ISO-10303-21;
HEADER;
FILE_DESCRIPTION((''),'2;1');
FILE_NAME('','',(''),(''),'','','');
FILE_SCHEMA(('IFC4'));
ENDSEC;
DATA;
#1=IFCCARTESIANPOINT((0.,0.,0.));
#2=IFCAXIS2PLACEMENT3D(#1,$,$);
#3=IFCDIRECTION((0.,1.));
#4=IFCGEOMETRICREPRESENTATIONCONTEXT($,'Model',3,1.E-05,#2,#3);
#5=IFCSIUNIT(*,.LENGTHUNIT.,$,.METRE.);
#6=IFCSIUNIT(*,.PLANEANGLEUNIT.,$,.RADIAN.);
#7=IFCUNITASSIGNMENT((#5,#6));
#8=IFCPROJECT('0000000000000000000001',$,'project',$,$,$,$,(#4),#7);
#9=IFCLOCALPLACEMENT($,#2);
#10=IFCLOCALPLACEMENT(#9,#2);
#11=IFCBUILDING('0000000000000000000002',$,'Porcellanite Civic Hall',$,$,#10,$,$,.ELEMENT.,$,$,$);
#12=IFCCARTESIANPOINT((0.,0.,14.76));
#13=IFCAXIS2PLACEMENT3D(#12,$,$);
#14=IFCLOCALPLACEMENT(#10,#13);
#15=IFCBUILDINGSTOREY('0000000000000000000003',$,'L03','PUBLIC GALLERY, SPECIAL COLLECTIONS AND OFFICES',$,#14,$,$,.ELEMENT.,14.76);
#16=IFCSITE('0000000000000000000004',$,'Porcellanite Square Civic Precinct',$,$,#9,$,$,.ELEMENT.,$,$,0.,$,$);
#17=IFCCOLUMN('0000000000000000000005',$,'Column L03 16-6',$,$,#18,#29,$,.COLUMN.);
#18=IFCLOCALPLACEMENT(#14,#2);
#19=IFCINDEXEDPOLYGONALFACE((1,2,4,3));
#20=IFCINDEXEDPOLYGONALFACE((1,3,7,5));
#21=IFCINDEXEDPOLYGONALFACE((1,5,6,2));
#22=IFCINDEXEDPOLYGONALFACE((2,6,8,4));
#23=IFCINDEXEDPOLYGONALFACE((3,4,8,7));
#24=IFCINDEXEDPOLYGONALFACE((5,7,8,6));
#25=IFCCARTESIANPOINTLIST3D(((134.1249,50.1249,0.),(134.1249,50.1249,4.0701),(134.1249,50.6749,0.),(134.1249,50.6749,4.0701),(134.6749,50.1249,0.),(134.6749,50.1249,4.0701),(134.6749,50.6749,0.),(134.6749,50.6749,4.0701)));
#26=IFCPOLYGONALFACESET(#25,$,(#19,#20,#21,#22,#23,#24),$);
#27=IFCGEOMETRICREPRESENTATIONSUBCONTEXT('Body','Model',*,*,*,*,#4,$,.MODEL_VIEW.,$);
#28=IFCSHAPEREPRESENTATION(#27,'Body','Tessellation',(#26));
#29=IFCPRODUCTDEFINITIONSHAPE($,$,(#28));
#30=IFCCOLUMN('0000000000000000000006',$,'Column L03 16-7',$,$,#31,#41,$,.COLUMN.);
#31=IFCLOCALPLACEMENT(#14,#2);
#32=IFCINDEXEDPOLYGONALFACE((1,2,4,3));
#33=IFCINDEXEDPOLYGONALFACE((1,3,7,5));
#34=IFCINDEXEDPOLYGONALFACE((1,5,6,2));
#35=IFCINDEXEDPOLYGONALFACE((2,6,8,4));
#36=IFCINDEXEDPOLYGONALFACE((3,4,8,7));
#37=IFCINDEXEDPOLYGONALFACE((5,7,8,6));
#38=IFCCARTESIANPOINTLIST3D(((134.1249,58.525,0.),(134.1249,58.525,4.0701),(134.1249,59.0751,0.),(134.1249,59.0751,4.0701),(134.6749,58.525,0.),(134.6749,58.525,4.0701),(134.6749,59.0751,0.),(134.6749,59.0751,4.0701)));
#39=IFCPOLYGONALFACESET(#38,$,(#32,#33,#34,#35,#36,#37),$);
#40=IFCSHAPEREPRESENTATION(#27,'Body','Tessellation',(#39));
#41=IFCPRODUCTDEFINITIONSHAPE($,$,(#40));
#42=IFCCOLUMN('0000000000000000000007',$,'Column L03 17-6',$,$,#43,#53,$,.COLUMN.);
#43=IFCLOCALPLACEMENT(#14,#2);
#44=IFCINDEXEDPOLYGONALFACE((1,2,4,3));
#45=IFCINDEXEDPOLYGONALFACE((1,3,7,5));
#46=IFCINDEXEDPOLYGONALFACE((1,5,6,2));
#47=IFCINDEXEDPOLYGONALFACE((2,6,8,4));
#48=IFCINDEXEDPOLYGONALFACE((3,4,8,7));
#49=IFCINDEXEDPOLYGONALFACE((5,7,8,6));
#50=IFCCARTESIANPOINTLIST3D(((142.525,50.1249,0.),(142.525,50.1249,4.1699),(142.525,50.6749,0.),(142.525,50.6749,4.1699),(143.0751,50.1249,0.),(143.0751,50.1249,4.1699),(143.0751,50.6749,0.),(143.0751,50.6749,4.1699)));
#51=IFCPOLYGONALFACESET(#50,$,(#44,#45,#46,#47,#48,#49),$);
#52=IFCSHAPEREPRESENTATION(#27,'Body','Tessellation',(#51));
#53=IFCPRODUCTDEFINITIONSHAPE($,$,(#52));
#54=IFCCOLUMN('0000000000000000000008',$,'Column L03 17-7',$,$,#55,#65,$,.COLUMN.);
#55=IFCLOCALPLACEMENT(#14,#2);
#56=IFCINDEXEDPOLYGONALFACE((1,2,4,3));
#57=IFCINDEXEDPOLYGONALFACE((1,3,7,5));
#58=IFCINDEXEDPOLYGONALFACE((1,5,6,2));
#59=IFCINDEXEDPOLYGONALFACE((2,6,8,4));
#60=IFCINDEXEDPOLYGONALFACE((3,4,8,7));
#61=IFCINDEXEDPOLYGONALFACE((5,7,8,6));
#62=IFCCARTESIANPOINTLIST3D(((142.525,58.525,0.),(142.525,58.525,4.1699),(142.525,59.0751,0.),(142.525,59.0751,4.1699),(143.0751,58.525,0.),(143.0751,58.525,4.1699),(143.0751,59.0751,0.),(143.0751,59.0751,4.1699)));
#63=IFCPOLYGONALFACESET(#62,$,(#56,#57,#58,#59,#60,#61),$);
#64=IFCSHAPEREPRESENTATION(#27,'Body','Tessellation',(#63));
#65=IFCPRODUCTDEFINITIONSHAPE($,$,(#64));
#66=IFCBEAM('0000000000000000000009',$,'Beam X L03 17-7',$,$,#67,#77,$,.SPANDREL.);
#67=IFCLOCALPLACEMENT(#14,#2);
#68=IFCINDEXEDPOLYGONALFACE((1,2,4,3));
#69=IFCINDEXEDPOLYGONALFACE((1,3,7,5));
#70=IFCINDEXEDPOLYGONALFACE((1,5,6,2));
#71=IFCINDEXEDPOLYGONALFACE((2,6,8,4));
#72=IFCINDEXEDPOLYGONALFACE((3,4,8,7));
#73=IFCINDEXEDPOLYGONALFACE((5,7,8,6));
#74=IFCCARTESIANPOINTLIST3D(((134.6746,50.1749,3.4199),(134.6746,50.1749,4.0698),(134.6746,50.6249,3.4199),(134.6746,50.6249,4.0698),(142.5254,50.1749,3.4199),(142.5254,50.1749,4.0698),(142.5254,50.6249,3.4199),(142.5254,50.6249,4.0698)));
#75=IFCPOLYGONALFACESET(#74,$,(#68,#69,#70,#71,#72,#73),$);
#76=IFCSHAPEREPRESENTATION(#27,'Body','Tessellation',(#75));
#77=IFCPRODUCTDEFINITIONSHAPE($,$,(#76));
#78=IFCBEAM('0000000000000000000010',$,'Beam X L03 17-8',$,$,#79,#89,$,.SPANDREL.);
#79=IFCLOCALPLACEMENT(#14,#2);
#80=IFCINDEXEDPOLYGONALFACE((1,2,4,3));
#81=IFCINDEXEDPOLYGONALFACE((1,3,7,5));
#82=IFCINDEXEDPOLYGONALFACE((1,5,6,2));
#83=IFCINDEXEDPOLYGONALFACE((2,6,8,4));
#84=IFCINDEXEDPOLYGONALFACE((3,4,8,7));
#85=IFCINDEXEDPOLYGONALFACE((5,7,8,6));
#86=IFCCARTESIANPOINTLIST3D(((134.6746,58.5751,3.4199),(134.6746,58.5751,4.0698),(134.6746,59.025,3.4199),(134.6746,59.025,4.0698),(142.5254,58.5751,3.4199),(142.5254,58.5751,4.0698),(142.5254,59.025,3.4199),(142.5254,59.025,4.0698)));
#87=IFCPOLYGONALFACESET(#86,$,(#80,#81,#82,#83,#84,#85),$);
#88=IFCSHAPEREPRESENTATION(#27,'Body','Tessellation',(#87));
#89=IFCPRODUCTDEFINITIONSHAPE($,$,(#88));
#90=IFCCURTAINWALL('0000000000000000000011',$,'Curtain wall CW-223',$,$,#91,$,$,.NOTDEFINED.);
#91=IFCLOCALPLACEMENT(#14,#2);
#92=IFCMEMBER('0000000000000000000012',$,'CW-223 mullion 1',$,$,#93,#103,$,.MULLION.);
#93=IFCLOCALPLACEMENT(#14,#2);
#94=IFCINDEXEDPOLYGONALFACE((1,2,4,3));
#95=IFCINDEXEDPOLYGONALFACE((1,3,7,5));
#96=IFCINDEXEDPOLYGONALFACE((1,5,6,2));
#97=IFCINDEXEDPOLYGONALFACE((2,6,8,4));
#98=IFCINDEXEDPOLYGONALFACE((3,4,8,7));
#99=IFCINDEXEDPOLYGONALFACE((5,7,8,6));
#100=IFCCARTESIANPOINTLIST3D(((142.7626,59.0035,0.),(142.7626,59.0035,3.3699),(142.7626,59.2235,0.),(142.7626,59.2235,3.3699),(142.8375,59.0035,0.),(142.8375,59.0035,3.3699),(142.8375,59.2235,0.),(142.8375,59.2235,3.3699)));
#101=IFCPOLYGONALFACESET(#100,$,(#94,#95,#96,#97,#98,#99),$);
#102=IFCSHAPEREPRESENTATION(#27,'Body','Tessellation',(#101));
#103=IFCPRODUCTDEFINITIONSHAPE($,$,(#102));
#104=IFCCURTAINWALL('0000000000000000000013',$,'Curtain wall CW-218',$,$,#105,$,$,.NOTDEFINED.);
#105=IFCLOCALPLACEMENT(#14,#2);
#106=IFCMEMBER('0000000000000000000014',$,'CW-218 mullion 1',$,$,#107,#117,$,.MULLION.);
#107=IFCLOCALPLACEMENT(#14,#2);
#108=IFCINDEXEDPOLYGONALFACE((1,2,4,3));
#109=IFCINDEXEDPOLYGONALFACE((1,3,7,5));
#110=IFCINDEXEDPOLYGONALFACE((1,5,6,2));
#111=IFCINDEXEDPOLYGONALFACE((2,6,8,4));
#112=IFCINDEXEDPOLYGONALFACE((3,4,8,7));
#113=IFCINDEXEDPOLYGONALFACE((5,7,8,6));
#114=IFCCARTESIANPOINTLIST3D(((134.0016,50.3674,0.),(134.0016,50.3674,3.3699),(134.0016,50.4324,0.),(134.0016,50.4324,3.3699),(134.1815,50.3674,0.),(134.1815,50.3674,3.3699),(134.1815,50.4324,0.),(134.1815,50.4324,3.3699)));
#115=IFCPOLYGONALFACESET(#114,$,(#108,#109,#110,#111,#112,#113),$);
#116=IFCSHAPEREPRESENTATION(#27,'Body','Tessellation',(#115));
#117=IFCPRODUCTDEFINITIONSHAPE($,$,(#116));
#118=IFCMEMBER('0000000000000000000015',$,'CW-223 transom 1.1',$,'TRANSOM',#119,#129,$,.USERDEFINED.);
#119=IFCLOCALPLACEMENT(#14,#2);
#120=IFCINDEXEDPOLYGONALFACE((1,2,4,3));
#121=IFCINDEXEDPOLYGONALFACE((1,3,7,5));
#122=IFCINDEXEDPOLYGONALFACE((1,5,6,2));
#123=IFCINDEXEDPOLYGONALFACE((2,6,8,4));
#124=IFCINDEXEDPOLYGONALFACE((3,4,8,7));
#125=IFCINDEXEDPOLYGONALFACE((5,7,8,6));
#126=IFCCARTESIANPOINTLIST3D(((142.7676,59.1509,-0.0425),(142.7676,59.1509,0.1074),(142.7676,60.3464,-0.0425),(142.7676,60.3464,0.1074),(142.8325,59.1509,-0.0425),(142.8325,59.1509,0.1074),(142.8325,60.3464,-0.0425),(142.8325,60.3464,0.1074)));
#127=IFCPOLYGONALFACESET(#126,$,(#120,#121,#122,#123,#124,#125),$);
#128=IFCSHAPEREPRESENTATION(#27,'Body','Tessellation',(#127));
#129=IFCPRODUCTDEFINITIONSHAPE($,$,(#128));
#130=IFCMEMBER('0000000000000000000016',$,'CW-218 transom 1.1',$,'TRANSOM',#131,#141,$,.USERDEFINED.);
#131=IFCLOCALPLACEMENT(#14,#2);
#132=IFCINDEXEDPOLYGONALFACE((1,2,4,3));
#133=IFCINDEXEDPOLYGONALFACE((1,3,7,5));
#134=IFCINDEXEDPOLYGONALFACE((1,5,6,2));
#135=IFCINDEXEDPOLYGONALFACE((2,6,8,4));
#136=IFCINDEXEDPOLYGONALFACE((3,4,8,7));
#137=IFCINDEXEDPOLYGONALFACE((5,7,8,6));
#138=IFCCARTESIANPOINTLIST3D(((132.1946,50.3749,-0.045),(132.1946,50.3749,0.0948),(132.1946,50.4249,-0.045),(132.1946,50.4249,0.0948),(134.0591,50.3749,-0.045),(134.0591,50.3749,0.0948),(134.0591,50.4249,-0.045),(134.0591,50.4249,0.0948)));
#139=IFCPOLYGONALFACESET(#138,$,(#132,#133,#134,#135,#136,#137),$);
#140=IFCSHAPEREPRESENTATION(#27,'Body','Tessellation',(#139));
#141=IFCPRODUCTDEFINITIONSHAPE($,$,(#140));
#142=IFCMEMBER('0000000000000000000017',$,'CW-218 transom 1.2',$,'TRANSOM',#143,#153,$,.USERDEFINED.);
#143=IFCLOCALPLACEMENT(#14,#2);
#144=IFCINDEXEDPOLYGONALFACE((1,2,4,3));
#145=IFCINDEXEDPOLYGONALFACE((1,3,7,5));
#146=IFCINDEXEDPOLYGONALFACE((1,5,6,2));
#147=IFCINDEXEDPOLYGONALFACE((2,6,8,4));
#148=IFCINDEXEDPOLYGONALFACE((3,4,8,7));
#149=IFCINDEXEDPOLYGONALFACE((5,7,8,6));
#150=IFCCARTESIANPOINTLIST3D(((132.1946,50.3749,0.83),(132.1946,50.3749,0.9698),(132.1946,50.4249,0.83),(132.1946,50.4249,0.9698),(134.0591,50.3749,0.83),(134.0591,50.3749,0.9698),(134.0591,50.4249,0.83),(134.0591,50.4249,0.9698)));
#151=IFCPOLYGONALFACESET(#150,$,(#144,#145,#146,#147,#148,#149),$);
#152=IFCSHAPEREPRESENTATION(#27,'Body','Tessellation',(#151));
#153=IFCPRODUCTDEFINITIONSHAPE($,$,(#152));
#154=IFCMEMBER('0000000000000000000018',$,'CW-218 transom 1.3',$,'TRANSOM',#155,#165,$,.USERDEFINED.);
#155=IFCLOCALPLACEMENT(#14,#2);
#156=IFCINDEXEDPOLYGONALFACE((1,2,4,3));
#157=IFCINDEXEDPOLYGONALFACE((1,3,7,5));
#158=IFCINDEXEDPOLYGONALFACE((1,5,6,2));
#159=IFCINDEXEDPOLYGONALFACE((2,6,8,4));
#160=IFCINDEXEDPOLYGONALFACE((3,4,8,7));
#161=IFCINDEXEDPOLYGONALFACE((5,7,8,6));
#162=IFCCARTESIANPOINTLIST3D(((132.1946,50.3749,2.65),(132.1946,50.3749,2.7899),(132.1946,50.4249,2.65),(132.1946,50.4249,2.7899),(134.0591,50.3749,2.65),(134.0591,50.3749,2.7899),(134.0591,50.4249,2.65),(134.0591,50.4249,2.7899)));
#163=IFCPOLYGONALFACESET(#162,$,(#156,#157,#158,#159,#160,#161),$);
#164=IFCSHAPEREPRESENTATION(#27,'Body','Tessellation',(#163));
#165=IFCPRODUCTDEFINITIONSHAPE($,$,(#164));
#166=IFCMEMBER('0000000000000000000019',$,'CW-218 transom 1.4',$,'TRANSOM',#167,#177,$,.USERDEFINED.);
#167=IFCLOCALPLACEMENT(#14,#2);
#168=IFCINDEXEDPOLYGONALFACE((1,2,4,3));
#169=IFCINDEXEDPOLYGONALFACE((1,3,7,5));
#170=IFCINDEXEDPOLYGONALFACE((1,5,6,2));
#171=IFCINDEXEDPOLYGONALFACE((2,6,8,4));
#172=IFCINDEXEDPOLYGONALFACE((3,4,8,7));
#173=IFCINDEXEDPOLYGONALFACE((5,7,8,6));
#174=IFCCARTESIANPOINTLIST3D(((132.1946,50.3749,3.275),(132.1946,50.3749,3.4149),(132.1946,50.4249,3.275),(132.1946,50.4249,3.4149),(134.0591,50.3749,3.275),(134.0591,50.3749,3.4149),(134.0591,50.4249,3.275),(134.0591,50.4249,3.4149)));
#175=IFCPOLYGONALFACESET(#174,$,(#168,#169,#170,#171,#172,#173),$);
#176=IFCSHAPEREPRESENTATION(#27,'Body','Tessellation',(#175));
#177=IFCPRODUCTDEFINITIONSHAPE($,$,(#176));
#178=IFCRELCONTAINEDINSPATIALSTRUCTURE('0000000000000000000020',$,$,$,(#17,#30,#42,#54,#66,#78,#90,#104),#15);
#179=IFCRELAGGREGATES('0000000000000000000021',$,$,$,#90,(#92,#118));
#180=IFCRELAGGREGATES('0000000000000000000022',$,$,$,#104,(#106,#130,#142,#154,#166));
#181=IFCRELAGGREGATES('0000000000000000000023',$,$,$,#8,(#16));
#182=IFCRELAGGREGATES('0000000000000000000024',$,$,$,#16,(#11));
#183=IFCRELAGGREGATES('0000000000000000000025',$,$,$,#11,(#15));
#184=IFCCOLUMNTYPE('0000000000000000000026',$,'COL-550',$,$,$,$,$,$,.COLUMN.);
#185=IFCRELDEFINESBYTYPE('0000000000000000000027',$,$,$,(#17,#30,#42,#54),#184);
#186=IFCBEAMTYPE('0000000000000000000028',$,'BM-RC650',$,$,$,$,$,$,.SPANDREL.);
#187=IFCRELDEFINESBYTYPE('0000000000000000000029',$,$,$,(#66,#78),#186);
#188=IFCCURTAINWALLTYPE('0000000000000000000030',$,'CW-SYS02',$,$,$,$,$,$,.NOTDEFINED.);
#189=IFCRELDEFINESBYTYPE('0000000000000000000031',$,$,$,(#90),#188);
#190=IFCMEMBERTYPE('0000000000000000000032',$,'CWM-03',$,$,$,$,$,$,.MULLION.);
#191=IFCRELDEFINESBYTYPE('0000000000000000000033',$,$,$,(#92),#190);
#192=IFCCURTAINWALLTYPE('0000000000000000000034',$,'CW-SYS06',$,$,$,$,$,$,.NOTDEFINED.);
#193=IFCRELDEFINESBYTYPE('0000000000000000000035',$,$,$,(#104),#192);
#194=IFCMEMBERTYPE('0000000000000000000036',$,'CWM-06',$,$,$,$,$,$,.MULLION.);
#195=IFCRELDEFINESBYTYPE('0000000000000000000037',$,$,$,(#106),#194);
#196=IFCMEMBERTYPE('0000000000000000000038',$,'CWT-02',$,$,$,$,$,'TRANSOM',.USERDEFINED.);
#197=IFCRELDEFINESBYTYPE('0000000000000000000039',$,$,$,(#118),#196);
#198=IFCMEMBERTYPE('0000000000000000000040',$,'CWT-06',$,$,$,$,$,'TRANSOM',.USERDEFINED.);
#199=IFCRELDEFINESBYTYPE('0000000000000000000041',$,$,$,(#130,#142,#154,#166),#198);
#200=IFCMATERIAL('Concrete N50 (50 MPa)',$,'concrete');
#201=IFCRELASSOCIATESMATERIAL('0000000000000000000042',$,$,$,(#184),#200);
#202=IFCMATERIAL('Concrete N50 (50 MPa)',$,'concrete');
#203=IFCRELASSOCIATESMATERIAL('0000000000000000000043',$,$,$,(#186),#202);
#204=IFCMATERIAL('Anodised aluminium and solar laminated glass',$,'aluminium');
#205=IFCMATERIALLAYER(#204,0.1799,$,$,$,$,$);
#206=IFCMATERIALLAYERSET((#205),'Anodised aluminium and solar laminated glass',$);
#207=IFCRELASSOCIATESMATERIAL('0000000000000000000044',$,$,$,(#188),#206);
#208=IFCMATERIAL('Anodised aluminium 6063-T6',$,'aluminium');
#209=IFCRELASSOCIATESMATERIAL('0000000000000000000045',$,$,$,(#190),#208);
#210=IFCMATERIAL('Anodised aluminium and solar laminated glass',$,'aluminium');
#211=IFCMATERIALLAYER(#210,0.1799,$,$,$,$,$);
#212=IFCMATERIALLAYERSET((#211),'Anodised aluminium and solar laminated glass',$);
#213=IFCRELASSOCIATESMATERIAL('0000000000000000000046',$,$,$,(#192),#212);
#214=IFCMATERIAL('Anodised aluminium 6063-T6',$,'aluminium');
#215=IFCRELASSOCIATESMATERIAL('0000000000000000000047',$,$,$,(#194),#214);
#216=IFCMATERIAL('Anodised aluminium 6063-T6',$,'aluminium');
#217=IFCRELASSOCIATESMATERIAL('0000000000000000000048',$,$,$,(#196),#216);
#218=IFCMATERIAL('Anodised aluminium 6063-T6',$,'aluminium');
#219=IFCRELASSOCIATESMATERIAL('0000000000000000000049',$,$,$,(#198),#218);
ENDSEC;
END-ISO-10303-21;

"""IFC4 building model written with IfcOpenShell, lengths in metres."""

from ifc_helpers import new_model, si_unit, direction, frame, origin, origin_2d, place, context, subcontext, project, spatial, rectangle, extrude, material, layer, layer_set, material_profile, profile_set, type_object, element, aggregate, save


model = new_model("IFC4")

# Units and contexts
model_context = context("Model", 3, precision=1e-05, world=origin(), true_north=direction((0.0, 1.0)))
body_context = subcontext(model_context, "Body", "Model", "MODEL_VIEW")
ifc_project = project(units=[si_unit("LENGTHUNIT", "METRE"), si_unit("PLANEANGLEUNIT", "RADIAN")], contexts=[model_context])

# Site, building, storey
site_placement = place(None, origin())
site = spatial("IfcSite", under=ifc_project, at=site_placement, Name="Porcellanite Square Civic Precinct", CompositionType="ELEMENT", RefElevation=0.0)
building_placement = place(site_placement, origin())
building = spatial("IfcBuilding", under=site, at=building_placement, Name="Porcellanite Civic Hall", CompositionType="ELEMENT")
storey_placement = place(building_placement, frame((0.0, 0.0, 14.76)))
storey = spatial("IfcBuildingStorey", under=building, at=storey_placement, Name="L03", Description="PUBLIC GALLERY, SPECIAL COLLECTIONS AND OFFICES", CompositionType="ELEMENT", Elevation=14.76)

# Columns
ifc_material_1 = material(Name="Concrete N50 (50 MPa)", Category="concrete")
ifc_material_profile_1 = material_profile(ifc_material_1, rectangle(XDim=0.55, YDim=0.55, at=origin_2d()), Name="RC-550x550")
ifc_profile_set_1 = profile_set([ifc_material_profile_1], Name="Concrete N50 (50 MPa)")
column_type = type_object("IfcColumnType", Name="COL-550", PredefinedType="COLUMN", material=ifc_profile_set_1)
for number, where, z_axis, x_axis, name in (
    (1, (134.3999, 50.3999, 0.0), (0.0, 0.0, 1.0), (1.0, 0.0, 0.0), "Column L03 16-6"),
    (2, (134.3999, 58.8, 0.0), (0.0, 0.0, 1.0), (1.0, 0.0, 0.0), "Column L03 16-7"),
):
    element("IfcColumn", number, at=place(storey_placement, frame(where, z_axis=z_axis, x_axis=x_axis)), inside=storey, type_object=column_type, Name=name, PredefinedType="COLUMN", context=body_context, shape_type="SweptSolid", body=[
        extrude(rectangle(XDim=0.55, YDim=0.55, at=origin_2d()), origin(), (0.0, 0.0, 1.0), 4.0701),
    ])
for number, where, z_axis, x_axis, name in (
    (3, (142.8, 50.3999, 0.0), (0.0, 0.0, 1.0), (1.0, 0.0, 0.0), "Column L03 17-6"),
    (4, (142.8, 58.8, 0.0), (0.0, 0.0, 1.0), (1.0, 0.0, 0.0), "Column L03 17-7"),
):
    element("IfcColumn", number, at=place(storey_placement, frame(where, z_axis=z_axis, x_axis=x_axis)), inside=storey, type_object=column_type, Name=name, PredefinedType="COLUMN", context=body_context, shape_type="SweptSolid", body=[
        extrude(rectangle(XDim=0.55, YDim=0.55, at=origin_2d()), origin(), (0.0, 0.0, 1.0), 4.1699),
    ])

# Beams
ifc_material_2 = material(Name="Concrete N50 (50 MPa)", Category="concrete")
ifc_material_profile_2 = material_profile(ifc_material_2, rectangle(XDim=0.45, YDim=0.6499, at=origin_2d()), Name="RC-450x650")
ifc_profile_set_2 = profile_set([ifc_material_profile_2], Name="Concrete N50 (50 MPa)")
beam_type_1 = type_object("IfcBeamType", Name="BM-RC650", PredefinedType="SPANDREL", material=ifc_profile_set_2)
for number, where, z_axis, x_axis, name in (
    (5, (134.6746, 50.3999, 3.7449), (1.0, 0.0, 0.0), (0.0, 1.0, 0.0), "Beam X L03 17-7"),
    (6, (134.6746, 58.8, 3.7449), (1.0, 0.0, 0.0), (0.0, 1.0, 0.0), "Beam X L03 17-8"),
):
    element("IfcBeam", number, at=place(storey_placement, frame(where, z_axis=z_axis, x_axis=x_axis)), inside=storey, type_object=beam_type_1, Name=name, PredefinedType="SPANDREL", context=body_context, shape_type="SweptSolid", body=[
        extrude(rectangle(XDim=0.45, YDim=0.6499, at=origin_2d()), origin(), (0.0, 0.0, 1.0), 7.8508),
    ])

# Curtain walls, members
ifc_material_3 = material(Name="Anodised aluminium and solar laminated glass", Category="aluminium")
ifc_layer_1 = layer(ifc_material_3, 0.1799)
ifc_layer_set_1 = layer_set([ifc_layer_1], Name="Anodised aluminium and solar laminated glass")
curtain_wall_type_1 = type_object("IfcCurtainWallType", Name="CW-SYS02", PredefinedType="NOTDEFINED", material=ifc_layer_set_1)
curtain_wall_1_placement = place(storey_placement, origin())
curtain_wall_1 = element("IfcCurtainWall", 7, at=curtain_wall_1_placement, inside=storey, type_object=curtain_wall_type_1, Name="Curtain wall CW-223", PredefinedType="NOTDEFINED")
ifc_material_4 = material(Name="Anodised aluminium 6063-T6", Category="aluminium")
ifc_material_profile_3 = material_profile(ifc_material_4, rectangle(XDim=0.075, YDim=0.22, at=origin_2d()), Name="AL-75x220")
ifc_profile_set_3 = profile_set([ifc_material_profile_3], Name="Anodised aluminium 6063-T6")
member_type_1 = type_object("IfcMemberType", Name="CWM-03", PredefinedType="MULLION", material=ifc_profile_set_3)
member_1_placement = place(storey_placement, frame((142.8, 59.1135, 0.0), z_axis=(0.0, 0.0, 1.0), x_axis=(-1.0, 0.0, 0.0)))
member_1 = element("IfcMember", 8, at=member_1_placement, type_object=member_type_1, Name="CW-223 mullion 1", PredefinedType="MULLION", context=body_context, shape_type="SweptSolid", body=[
    extrude(rectangle(XDim=0.075, YDim=0.22, at=origin_2d()), origin(), (0.0, 0.0, 1.0), 3.3699),
])
ifc_material_5 = material(Name="Anodised aluminium and solar laminated glass", Category="aluminium")
ifc_layer_2 = layer(ifc_material_5, 0.1799)
ifc_layer_set_2 = layer_set([ifc_layer_2], Name="Anodised aluminium and solar laminated glass")
curtain_wall_type_2 = type_object("IfcCurtainWallType", Name="CW-SYS06", PredefinedType="NOTDEFINED", material=ifc_layer_set_2)
curtain_wall_2_placement = place(storey_placement, origin())
curtain_wall_2 = element("IfcCurtainWall", 9, at=curtain_wall_2_placement, inside=storey, type_object=curtain_wall_type_2, Name="Curtain wall CW-218", PredefinedType="NOTDEFINED")
ifc_material_6 = material(Name="Anodised aluminium 6063-T6", Category="aluminium")
ifc_material_profile_4 = material_profile(ifc_material_6, rectangle(XDim=0.0649, YDim=0.1799, at=origin_2d()), Name="AL-65x180")
ifc_profile_set_4 = profile_set([ifc_material_profile_4], Name="Anodised aluminium 6063-T6")
member_type_2 = type_object("IfcMemberType", Name="CWM-06", PredefinedType="MULLION", material=ifc_profile_set_4)
member_2_placement = place(storey_placement, frame((134.0916, 50.3999, 0.0), z_axis=(0.0, 0.0, 1.0), x_axis=(0.0, -1.0, 0.0)))
member_2 = element("IfcMember", 10, at=member_2_placement, type_object=member_type_2, Name="CW-218 mullion 1", PredefinedType="MULLION", context=body_context, shape_type="SweptSolid", body=[
    extrude(rectangle(XDim=0.0649, YDim=0.1799, at=origin_2d()), origin(), (0.0, 0.0, 1.0), 3.3699),
])

# Members
ifc_material_7 = material(Name="Anodised aluminium 6063-T6", Category="aluminium")
ifc_material_profile_5 = material_profile(ifc_material_7, rectangle(XDim=0.0649, YDim=0.1499, at=origin_2d()), Name="AL-65x150")
ifc_profile_set_5 = profile_set([ifc_material_profile_5], Name="Anodised aluminium 6063-T6")
member_type_3 = type_object("IfcMemberType", Name="CWT-02", ElementType="TRANSOM", PredefinedType="USERDEFINED", material=ifc_profile_set_5)
member_3_placement = place(storey_placement, frame((142.8, 59.1509, 0.0325), z_axis=(0.0, 1.0, 0.0), x_axis=(-1.0, 0.0, 0.0)))
member_3 = element("IfcMember", 11, at=member_3_placement, type_object=member_type_3, Name="CW-223 transom 1.1", ObjectType="TRANSOM", PredefinedType="USERDEFINED", context=body_context, shape_type="SweptSolid", body=[
    extrude(rectangle(XDim=0.0649, YDim=0.1499, at=origin_2d()), origin(), (0.0, 0.0, 1.0), 1.1956),
])
aggregate(curtain_wall_1, [member_1, member_3])
ifc_material_8 = material(Name="Anodised aluminium 6063-T6", Category="aluminium")
ifc_material_profile_6 = material_profile(ifc_material_8, rectangle(XDim=0.05, YDim=0.1399, at=origin_2d()), Name="AL-50x140")
ifc_profile_set_6 = profile_set([ifc_material_profile_6], Name="Anodised aluminium 6063-T6")
member_type_4 = type_object("IfcMemberType", Name="CWT-06", ElementType="TRANSOM", PredefinedType="USERDEFINED", material=ifc_profile_set_6)
member_4_placement = place(storey_placement, frame((134.0591, 50.3999, 0.0249), z_axis=(-1.0, 0.0, 0.0), x_axis=(0.0, -1.0, 0.0)))
member_4 = element("IfcMember", 12, at=member_4_placement, type_object=member_type_4, Name="CW-218 transom 1.1", ObjectType="TRANSOM", PredefinedType="USERDEFINED", context=body_context, shape_type="SweptSolid", body=[
    extrude(rectangle(XDim=0.05, YDim=0.1399, at=origin_2d()), origin(), (0.0, 0.0, 1.0), 1.8645),
])
member_5_placement = place(storey_placement, frame((134.0591, 50.3999, 0.8999), z_axis=(-1.0, 0.0, 0.0), x_axis=(0.0, -1.0, 0.0)))
member_5 = element("IfcMember", 13, at=member_5_placement, type_object=member_type_4, Name="CW-218 transom 1.2", ObjectType="TRANSOM", PredefinedType="USERDEFINED", context=body_context, shape_type="SweptSolid", body=[
    extrude(rectangle(XDim=0.05, YDim=0.1399, at=origin_2d()), origin(), (0.0, 0.0, 1.0), 1.8645),
])
member_6_placement = place(storey_placement, frame((134.0591, 50.3999, 2.72), z_axis=(-1.0, 0.0, 0.0), x_axis=(0.0, -1.0, 0.0)))
member_6 = element("IfcMember", 14, at=member_6_placement, type_object=member_type_4, Name="CW-218 transom 1.3", ObjectType="TRANSOM", PredefinedType="USERDEFINED", context=body_context, shape_type="SweptSolid", body=[
    extrude(rectangle(XDim=0.05, YDim=0.1399, at=origin_2d()), origin(), (0.0, 0.0, 1.0), 1.8645),
])
member_7_placement = place(storey_placement, frame((134.0591, 50.3999, 3.345), z_axis=(-1.0, 0.0, 0.0), x_axis=(0.0, -1.0, 0.0)))
member_7 = element("IfcMember", 15, at=member_7_placement, type_object=member_type_4, Name="CW-218 transom 1.4", ObjectType="TRANSOM", PredefinedType="USERDEFINED", context=body_context, shape_type="SweptSolid", body=[
    extrude(rectangle(XDim=0.05, YDim=0.1399, at=origin_2d()), origin(), (0.0, 0.0, 1.0), 1.8645),
])

aggregate(curtain_wall_2, [member_2, member_4, member_5, member_6, member_7])

save(model, "model.ifc")
